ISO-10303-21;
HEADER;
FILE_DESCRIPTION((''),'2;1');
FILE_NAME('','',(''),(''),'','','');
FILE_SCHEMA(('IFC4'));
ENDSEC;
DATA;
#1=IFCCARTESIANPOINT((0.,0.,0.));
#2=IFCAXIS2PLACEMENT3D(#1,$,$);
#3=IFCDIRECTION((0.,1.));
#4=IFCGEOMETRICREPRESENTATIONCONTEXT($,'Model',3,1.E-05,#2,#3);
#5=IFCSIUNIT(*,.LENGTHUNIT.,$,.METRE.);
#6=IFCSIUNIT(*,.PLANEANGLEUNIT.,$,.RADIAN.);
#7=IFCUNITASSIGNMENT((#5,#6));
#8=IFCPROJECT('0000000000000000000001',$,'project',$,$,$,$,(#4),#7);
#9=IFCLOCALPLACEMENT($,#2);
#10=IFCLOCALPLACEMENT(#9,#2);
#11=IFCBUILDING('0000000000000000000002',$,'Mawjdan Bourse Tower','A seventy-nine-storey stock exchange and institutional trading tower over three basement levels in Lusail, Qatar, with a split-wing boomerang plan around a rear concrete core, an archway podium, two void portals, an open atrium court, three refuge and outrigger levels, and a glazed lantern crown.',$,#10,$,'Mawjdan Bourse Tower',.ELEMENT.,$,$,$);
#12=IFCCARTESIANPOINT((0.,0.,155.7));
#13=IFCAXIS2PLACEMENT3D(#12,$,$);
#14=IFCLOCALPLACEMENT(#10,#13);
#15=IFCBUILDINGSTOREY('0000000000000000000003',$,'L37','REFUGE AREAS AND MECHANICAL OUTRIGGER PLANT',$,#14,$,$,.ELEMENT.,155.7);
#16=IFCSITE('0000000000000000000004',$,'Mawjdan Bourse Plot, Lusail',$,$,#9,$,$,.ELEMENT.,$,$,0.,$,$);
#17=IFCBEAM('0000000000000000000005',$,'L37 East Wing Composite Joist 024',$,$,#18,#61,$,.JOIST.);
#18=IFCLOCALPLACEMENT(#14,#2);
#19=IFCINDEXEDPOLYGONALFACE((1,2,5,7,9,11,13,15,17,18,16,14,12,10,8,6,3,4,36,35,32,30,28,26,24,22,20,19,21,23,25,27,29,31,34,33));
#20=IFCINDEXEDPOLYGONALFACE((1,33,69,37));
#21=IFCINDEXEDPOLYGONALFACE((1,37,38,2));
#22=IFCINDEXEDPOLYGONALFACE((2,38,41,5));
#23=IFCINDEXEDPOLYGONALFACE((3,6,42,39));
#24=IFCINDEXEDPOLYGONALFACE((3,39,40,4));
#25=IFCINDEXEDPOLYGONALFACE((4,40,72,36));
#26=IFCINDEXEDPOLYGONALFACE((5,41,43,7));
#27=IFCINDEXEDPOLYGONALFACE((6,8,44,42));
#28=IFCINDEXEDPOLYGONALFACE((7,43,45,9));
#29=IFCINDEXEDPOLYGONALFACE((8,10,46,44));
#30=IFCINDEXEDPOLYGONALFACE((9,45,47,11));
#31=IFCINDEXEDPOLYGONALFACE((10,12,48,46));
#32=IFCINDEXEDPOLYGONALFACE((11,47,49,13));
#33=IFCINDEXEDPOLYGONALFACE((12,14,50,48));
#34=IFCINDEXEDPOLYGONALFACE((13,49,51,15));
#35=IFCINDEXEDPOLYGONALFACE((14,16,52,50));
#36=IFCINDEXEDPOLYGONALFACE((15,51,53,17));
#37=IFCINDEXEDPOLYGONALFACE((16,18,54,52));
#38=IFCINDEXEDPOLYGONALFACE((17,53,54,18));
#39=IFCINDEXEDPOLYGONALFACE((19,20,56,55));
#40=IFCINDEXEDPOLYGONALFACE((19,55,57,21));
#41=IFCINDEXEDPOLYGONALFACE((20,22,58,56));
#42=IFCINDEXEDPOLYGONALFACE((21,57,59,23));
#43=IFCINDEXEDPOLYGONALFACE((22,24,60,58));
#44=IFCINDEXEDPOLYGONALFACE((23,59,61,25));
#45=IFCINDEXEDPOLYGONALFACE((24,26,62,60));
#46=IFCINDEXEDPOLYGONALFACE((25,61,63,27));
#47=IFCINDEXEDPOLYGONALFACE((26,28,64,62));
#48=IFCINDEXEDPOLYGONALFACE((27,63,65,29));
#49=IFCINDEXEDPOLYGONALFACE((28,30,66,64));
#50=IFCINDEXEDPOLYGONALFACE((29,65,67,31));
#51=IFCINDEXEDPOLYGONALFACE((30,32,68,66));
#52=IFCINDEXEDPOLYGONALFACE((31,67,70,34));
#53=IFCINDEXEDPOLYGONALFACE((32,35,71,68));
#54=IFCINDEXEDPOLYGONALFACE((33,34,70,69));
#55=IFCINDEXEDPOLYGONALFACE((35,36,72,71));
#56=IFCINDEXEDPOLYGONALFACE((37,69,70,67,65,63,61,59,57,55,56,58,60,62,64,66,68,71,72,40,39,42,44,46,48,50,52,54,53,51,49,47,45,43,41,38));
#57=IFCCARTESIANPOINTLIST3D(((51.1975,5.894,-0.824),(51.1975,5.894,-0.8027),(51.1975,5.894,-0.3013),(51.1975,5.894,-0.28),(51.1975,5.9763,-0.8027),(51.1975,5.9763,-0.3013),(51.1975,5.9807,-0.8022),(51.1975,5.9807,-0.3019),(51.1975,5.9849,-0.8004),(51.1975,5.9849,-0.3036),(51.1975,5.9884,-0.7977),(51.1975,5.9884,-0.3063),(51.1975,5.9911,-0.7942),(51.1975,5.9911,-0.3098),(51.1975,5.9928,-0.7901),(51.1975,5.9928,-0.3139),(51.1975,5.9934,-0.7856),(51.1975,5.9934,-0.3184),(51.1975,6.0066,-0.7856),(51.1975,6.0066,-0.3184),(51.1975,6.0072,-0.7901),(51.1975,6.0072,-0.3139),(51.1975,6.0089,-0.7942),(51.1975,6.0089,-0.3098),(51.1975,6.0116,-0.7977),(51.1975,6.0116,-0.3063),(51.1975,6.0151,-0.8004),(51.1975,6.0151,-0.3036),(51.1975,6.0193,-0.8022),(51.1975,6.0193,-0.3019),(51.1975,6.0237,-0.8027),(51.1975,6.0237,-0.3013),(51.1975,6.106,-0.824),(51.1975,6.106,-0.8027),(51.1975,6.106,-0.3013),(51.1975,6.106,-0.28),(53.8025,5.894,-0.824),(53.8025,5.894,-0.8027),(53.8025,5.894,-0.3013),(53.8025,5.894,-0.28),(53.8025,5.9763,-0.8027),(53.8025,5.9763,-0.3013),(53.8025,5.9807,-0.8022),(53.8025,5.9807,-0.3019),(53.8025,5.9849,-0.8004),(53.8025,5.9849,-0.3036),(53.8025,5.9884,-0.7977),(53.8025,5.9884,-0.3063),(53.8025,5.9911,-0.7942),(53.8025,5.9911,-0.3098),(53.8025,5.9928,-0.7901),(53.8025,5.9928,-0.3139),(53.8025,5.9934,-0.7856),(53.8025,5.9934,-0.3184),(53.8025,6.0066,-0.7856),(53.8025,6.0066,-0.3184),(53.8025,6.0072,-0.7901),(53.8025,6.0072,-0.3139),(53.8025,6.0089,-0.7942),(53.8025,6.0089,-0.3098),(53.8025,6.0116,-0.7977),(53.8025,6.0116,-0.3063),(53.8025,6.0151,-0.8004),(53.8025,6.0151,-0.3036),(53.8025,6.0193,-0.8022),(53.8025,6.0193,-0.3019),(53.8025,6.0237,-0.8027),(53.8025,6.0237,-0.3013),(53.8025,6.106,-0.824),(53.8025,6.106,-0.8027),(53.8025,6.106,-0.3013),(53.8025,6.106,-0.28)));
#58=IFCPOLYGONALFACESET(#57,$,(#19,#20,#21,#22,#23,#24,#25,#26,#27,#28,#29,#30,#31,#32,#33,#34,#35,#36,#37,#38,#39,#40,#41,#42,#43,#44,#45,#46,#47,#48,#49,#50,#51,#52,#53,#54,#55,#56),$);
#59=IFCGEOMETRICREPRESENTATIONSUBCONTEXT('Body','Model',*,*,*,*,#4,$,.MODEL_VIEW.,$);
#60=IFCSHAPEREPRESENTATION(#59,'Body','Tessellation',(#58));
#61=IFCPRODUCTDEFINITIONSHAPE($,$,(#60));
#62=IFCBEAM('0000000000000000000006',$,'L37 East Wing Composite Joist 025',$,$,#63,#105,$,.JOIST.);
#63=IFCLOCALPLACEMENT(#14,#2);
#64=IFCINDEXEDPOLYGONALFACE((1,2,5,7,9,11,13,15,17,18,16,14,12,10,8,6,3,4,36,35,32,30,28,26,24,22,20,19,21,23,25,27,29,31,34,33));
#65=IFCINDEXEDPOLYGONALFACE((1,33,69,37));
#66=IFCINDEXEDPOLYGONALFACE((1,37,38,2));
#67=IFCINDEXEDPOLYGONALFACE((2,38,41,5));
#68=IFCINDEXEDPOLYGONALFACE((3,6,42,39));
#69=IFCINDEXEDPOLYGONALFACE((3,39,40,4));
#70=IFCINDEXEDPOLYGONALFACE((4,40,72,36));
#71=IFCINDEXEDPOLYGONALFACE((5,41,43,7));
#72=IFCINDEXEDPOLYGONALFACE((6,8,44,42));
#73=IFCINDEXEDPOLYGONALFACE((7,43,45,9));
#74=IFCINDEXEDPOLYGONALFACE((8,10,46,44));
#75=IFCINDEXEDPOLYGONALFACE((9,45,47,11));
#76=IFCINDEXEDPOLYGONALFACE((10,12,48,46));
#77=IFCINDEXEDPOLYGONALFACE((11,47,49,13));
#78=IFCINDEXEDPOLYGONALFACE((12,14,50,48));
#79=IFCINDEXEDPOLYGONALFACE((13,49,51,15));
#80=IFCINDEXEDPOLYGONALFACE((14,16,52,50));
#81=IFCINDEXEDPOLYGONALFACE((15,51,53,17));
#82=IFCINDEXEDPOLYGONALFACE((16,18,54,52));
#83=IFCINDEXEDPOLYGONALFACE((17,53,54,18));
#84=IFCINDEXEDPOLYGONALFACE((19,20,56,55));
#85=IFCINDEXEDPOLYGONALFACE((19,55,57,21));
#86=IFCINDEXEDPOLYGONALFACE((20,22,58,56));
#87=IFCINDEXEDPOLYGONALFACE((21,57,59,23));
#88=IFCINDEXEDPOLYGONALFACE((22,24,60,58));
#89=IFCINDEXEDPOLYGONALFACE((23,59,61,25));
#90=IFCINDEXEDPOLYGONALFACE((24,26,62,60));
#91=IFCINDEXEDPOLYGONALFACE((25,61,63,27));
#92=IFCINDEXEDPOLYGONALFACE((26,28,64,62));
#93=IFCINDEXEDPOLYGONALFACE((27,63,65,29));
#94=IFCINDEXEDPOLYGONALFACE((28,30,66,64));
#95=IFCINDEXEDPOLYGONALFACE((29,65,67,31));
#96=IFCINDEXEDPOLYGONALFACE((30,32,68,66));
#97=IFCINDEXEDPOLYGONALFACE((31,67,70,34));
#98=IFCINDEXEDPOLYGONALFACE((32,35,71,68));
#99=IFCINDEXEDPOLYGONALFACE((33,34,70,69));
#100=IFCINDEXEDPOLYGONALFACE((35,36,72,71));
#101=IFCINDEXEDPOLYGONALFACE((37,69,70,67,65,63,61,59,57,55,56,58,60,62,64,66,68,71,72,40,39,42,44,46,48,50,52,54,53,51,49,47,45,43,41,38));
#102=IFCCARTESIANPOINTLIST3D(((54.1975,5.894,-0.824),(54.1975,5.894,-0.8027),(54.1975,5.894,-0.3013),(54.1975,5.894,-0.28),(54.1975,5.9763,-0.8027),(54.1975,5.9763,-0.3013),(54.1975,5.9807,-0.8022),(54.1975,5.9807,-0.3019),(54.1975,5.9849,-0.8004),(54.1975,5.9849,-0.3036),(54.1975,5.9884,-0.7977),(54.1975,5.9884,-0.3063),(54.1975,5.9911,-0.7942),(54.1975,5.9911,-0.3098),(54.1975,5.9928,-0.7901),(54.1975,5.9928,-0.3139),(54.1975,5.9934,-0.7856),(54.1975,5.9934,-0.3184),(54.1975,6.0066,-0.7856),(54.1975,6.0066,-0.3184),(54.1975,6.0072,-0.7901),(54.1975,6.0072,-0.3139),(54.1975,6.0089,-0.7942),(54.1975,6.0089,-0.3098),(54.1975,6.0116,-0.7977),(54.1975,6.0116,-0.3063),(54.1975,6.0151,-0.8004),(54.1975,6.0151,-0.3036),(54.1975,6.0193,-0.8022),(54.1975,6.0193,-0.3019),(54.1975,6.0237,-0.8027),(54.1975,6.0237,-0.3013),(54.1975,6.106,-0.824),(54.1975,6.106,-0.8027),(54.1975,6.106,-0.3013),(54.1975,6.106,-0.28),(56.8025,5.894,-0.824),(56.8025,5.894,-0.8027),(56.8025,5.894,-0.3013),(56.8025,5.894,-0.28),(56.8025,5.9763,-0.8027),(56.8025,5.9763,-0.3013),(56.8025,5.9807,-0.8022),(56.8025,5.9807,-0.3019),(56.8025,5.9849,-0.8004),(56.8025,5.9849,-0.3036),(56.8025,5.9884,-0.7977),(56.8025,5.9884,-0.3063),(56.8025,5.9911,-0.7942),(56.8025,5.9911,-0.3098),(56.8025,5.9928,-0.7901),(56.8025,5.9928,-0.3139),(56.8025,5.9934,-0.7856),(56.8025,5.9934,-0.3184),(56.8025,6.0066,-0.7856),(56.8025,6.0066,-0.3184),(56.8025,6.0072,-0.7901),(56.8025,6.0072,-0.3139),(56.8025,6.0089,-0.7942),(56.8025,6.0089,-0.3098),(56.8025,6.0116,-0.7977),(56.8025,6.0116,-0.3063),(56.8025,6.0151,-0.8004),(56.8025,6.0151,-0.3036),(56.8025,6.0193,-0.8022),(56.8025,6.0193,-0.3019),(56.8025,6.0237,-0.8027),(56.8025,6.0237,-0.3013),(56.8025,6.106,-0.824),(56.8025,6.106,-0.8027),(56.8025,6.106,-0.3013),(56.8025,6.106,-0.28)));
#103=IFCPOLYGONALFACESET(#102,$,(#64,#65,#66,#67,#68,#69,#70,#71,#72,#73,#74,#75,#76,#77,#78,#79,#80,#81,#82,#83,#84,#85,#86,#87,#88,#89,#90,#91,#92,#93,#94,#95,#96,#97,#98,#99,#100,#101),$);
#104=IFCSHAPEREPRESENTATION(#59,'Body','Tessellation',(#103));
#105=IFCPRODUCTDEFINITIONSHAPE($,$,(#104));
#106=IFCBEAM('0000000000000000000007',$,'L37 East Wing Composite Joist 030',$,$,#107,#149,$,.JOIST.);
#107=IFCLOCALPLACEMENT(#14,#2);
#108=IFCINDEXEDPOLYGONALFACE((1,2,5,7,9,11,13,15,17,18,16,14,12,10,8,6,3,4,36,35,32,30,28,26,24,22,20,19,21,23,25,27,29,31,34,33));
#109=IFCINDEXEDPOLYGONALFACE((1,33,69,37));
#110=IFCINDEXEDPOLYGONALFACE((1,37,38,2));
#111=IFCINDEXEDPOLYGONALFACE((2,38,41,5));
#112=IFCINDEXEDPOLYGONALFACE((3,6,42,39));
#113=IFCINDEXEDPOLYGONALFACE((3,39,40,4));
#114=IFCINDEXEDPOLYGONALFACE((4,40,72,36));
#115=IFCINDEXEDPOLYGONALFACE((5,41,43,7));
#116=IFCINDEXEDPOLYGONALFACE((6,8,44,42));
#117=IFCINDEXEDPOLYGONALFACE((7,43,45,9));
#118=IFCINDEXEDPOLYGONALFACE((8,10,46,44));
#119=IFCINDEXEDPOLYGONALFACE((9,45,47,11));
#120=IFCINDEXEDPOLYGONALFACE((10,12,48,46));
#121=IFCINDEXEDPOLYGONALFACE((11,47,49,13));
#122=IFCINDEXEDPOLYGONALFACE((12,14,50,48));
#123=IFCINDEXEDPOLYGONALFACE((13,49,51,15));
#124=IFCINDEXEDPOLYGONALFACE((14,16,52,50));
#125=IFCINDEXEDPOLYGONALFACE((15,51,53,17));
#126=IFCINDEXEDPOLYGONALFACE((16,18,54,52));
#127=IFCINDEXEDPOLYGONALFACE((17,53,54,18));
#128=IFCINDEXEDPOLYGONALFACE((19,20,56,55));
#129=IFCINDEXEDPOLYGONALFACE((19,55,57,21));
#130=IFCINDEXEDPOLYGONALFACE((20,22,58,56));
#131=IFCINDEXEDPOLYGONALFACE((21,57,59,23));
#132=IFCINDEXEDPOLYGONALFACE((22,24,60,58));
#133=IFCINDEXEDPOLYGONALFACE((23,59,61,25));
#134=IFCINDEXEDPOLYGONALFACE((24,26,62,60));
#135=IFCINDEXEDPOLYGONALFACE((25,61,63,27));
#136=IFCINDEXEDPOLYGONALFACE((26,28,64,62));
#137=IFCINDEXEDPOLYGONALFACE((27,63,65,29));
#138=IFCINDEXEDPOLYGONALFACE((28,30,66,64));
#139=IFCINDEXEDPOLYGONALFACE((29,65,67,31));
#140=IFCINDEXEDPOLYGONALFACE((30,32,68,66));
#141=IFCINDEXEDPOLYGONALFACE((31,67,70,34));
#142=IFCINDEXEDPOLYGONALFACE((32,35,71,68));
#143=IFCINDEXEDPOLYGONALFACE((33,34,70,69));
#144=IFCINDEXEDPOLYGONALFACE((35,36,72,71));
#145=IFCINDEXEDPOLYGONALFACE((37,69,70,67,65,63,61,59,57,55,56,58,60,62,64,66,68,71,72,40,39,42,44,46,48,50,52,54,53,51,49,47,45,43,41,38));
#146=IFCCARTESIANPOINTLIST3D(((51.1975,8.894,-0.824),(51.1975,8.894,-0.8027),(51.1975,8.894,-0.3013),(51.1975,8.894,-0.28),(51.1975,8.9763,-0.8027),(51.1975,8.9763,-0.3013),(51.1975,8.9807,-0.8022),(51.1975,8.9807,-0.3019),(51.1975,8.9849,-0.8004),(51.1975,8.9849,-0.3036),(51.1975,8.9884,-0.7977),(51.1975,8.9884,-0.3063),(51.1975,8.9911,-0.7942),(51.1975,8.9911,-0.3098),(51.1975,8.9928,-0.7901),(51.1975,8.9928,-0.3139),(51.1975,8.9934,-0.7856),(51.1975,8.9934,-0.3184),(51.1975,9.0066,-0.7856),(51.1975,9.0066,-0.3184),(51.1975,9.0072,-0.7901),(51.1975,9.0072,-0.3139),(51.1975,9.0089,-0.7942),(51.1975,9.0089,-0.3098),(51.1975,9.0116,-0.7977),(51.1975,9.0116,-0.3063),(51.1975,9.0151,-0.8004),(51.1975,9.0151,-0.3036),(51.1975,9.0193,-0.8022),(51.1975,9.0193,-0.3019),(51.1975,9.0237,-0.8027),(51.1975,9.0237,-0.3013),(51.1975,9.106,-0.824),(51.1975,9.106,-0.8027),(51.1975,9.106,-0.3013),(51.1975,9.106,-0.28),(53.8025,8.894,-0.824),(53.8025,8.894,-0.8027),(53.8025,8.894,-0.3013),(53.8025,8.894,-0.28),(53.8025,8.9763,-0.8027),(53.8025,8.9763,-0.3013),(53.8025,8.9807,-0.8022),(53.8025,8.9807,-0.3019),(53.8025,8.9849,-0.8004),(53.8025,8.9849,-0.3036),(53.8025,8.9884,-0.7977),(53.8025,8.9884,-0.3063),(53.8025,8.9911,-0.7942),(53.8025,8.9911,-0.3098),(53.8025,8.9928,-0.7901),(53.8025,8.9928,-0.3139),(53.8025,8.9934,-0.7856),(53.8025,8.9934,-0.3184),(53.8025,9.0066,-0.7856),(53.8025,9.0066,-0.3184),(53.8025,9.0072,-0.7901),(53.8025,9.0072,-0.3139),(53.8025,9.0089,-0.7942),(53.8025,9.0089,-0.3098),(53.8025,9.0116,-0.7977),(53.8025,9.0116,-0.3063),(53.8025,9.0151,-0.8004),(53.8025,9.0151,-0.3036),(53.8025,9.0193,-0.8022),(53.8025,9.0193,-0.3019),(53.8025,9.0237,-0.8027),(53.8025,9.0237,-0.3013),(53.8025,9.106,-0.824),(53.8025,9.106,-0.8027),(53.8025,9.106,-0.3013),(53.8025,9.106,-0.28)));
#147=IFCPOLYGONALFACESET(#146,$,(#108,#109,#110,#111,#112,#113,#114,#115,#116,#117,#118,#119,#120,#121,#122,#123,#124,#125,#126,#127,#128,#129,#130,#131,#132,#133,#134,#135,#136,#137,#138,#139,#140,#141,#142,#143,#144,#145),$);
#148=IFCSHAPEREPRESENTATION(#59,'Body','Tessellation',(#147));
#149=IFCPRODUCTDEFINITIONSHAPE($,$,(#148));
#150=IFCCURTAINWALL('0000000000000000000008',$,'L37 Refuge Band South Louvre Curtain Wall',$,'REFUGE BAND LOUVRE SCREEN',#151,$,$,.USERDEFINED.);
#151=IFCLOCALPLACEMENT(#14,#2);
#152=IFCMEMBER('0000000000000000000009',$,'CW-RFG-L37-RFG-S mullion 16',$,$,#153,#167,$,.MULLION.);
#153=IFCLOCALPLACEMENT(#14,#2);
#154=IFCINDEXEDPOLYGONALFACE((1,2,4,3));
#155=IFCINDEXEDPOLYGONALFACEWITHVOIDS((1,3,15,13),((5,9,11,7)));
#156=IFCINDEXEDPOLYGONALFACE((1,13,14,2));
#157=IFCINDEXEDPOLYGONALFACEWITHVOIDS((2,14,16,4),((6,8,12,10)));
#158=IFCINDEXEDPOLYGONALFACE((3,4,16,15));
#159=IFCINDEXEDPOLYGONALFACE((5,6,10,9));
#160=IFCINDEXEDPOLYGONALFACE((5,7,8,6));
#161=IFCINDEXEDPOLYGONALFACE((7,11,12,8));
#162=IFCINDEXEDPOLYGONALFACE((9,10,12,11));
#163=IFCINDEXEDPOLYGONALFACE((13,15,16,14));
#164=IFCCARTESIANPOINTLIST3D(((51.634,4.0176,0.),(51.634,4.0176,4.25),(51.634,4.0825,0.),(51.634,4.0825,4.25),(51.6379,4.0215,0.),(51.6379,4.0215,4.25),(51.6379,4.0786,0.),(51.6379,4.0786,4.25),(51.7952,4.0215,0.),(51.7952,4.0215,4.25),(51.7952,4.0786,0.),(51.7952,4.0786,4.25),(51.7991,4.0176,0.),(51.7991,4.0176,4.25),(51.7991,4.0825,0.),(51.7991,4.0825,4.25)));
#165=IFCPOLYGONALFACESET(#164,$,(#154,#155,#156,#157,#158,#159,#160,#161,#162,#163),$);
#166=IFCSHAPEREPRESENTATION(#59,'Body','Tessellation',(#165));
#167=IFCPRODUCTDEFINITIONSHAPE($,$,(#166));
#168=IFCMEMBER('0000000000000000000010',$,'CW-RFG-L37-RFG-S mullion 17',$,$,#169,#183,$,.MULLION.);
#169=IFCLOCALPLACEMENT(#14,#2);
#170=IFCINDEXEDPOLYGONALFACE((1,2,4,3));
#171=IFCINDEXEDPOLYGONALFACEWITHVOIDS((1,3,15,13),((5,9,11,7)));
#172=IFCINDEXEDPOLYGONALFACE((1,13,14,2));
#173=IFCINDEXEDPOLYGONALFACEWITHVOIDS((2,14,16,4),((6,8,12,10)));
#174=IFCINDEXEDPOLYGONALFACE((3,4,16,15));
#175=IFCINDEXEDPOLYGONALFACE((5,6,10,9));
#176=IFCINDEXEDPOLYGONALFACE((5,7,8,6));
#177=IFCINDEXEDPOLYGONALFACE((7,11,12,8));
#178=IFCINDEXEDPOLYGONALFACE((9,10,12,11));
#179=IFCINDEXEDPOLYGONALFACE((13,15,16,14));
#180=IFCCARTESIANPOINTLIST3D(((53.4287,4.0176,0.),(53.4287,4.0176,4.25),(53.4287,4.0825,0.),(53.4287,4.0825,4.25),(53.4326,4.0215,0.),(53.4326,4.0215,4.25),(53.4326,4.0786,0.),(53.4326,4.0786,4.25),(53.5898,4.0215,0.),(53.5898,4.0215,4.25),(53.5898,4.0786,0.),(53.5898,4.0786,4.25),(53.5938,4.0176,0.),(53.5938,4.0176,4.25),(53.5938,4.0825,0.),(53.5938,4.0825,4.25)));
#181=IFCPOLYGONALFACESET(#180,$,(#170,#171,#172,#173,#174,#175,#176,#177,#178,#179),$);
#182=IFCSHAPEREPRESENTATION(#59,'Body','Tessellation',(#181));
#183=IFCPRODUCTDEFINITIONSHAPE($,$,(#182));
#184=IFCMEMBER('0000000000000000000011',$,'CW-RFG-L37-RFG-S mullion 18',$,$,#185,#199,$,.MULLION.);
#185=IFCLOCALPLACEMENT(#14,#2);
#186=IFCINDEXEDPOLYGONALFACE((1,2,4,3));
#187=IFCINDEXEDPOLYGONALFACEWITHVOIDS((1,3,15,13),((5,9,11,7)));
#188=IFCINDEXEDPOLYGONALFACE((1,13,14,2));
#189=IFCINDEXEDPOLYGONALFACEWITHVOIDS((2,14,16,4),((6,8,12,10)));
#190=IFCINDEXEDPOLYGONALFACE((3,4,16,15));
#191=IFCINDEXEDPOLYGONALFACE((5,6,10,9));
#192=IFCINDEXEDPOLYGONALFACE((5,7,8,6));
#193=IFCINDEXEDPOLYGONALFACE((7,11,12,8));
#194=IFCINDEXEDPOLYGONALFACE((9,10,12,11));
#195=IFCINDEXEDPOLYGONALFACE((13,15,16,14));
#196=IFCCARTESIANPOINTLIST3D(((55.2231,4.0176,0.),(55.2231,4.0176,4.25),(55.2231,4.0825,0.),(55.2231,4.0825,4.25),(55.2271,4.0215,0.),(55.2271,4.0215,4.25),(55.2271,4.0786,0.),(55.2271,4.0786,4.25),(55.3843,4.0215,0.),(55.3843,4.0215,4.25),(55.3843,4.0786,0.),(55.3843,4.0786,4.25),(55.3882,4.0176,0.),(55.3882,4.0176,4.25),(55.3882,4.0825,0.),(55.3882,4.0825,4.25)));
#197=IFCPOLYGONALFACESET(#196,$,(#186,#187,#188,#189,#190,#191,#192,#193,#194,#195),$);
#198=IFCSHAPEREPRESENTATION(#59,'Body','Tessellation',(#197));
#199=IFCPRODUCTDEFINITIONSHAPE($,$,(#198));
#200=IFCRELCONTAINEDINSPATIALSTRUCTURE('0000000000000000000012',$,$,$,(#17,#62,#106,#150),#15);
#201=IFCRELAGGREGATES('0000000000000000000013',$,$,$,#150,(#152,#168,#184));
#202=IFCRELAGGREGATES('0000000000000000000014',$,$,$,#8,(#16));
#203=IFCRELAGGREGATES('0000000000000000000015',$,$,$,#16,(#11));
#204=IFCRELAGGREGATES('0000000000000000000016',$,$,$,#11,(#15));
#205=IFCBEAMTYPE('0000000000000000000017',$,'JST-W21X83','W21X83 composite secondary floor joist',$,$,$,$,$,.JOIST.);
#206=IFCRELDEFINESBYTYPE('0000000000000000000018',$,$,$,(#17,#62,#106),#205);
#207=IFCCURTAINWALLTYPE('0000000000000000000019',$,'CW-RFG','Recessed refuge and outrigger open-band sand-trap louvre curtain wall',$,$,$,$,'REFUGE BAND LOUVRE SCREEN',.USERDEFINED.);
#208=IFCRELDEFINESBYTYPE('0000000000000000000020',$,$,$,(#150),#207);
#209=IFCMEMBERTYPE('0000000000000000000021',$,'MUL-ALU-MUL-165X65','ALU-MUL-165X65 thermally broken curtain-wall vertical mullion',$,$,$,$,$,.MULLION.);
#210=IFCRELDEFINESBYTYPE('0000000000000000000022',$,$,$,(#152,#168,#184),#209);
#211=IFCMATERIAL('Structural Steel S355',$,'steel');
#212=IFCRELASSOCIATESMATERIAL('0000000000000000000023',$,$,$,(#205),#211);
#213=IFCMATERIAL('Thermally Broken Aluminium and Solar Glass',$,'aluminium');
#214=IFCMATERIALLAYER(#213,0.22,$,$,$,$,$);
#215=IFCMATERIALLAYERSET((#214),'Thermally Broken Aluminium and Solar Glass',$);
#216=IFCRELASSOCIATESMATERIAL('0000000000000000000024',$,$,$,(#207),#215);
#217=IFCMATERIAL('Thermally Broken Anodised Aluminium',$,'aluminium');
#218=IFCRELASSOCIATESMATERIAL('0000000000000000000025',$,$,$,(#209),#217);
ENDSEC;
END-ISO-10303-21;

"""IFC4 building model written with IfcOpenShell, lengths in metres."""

from ifc_helpers import new_model, si_unit, direction, frame, origin, origin_2d, place, context, subcontext, project, spatial, hollow_rectangle, i_section, extrude, material, layer, layer_set, material_profile, profile_set, type_object, element, aggregate, save


model = new_model("IFC4")

# Units and contexts
model_context = context("Model", 3, precision=1e-05, world=origin(), true_north=direction((0.0, 1.0)))
body_context = subcontext(model_context, "Body", "Model", "MODEL_VIEW")
ifc_project = project(units=[si_unit("LENGTHUNIT", "METRE"), si_unit("PLANEANGLEUNIT", "RADIAN")], contexts=[model_context])

# Site, building, storey
site_placement = place(None, origin())
site = spatial("IfcSite", under=ifc_project, at=site_placement, Name="Mawjdan Bourse Plot, Lusail", CompositionType="ELEMENT", RefElevation=0.0)
building_placement = place(site_placement, origin())
building = spatial("IfcBuilding", under=site, at=building_placement, Name="Mawjdan Bourse Tower", Description="A seventy-nine-storey stock exchange and institutional trading tower over three basement levels in Lusail, Qatar, with a split-wing boomerang plan around a rear concrete core, an archway podium, two void portals, an open atrium court, three refuge and outrigger levels, and a glazed lantern crown.", LongName="Mawjdan Bourse Tower", CompositionType="ELEMENT")
storey_placement = place(building_placement, frame((0.0, 0.0, 155.7)))
storey = spatial("IfcBuildingStorey", under=building, at=storey_placement, Name="L37", Description="REFUGE AREAS AND MECHANICAL OUTRIGGER PLANT", CompositionType="ELEMENT", Elevation=155.7)

# Beams
ifc_material_1 = material(Name="Structural Steel S355", Category="steel")
ifc_material_profile_1 = material_profile(ifc_material_1, i_section(OverallWidth=0.2119, OverallDepth=0.5439, WebThickness=0.0132, FlangeThickness=0.0212, FilletRadius=0.0171, at=origin_2d()), Name="W21X83")
ifc_profile_set_1 = profile_set([ifc_material_profile_1], Name="Structural Steel S355")
beam_type_1 = type_object("IfcBeamType", Name="JST-W21X83", Description="W21X83 composite secondary floor joist", PredefinedType="JOIST", material=ifc_profile_set_1)
for number, where, z_axis, x_axis, name in (
    (1, (51.1975, 6.0, -0.552), (1.0, 0.0, 0.0), (0.0, 1.0, 0.0), "L37 East Wing Composite Joist 024"),
    (2, (54.1975, 6.0, -0.552), (1.0, 0.0, 0.0), (0.0, 1.0, 0.0), "L37 East Wing Composite Joist 025"),
    (3, (51.1975, 9.0, -0.552), (1.0, 0.0, 0.0), (0.0, 1.0, 0.0), "L37 East Wing Composite Joist 030"),
):
    element("IfcBeam", number, at=place(storey_placement, frame(where, z_axis=z_axis, x_axis=x_axis)), inside=storey, type_object=beam_type_1, Name=name, PredefinedType="JOIST", context=body_context, shape_type="SweptSolid", body=[
        extrude(i_section(OverallWidth=0.2119, OverallDepth=0.5439, WebThickness=0.0132, FlangeThickness=0.0212, FilletRadius=0.0171, at=origin_2d()), origin(), (0.0, 0.0, 1.0), 2.605),
    ])

# Curtain wall, members
ifc_material_2 = material(Name="Thermally Broken Aluminium and Solar Glass", Category="aluminium")
ifc_layer_1 = layer(ifc_material_2, 0.22)
ifc_layer_set_1 = layer_set([ifc_layer_1], Name="Thermally Broken Aluminium and Solar Glass")
curtain_wall_type = type_object("IfcCurtainWallType", Name="CW-RFG", Description="Recessed refuge and outrigger open-band sand-trap louvre curtain wall", ElementType="REFUGE BAND LOUVRE SCREEN", PredefinedType="USERDEFINED", material=ifc_layer_set_1)
curtain_wall_placement = place(storey_placement, origin())
curtain_wall = element("IfcCurtainWall", 4, at=curtain_wall_placement, inside=storey, type_object=curtain_wall_type, Name="L37 Refuge Band South Louvre Curtain Wall", ObjectType="REFUGE BAND LOUVRE SCREEN", PredefinedType="USERDEFINED")
ifc_material_3 = material(Name="Thermally Broken Anodised Aluminium", Category="aluminium")
ifc_material_profile_2 = material_profile(ifc_material_3, hollow_rectangle(XDim=0.0649, YDim=0.165, WallThickness=0.0039, at=origin_2d()), Name="ALU-MUL-165X65")
ifc_profile_set_2 = profile_set([ifc_material_profile_2], Name="Thermally Broken Anodised Aluminium")
member_type_1 = type_object("IfcMemberType", Name="MUL-ALU-MUL-165X65", Description="ALU-MUL-165X65 thermally broken curtain-wall vertical mullion", PredefinedType="MULLION", material=ifc_profile_set_2)
member_1_placement = place(storey_placement, frame((51.7166, 4.05, 0.0), z_axis=(0.0, 0.0, 1.0), x_axis=(0.0, 1.0, 0.0)))
member_1 = element("IfcMember", 5, at=member_1_placement, type_object=member_type_1, Name="CW-RFG-L37-RFG-S mullion 16", PredefinedType="MULLION", context=body_context, shape_type="SweptSolid", body=[
    extrude(hollow_rectangle(XDim=0.0649, YDim=0.165, WallThickness=0.0039, at=origin_2d()), origin(), (0.0, 0.0, 1.0), 4.25),
])
member_2_placement = place(storey_placement, frame((53.5112, 4.05, 0.0), z_axis=(0.0, 0.0, 1.0), x_axis=(0.0, 1.0, 0.0)))
member_2 = element("IfcMember", 6, at=member_2_placement, type_object=member_type_1, Name="CW-RFG-L37-RFG-S mullion 17", PredefinedType="MULLION", context=body_context, shape_type="SweptSolid", body=[
    extrude(hollow_rectangle(XDim=0.0649, YDim=0.165, WallThickness=0.0039, at=origin_2d()), origin(), (0.0, 0.0, 1.0), 4.25),
])
member_3_placement = place(storey_placement, frame((55.3057, 4.05, 0.0), z_axis=(0.0, 0.0, 1.0), x_axis=(0.0, 1.0, 0.0)))
member_3 = element("IfcMember", 7, at=member_3_placement, type_object=member_type_1, Name="CW-RFG-L37-RFG-S mullion 18", PredefinedType="MULLION", context=body_context, shape_type="SweptSolid", body=[
    extrude(hollow_rectangle(XDim=0.0649, YDim=0.165, WallThickness=0.0039, at=origin_2d()), origin(), (0.0, 0.0, 1.0), 4.25),
])

aggregate(curtain_wall, [member_1, member_2, member_3])

save(model, "model.ifc")
